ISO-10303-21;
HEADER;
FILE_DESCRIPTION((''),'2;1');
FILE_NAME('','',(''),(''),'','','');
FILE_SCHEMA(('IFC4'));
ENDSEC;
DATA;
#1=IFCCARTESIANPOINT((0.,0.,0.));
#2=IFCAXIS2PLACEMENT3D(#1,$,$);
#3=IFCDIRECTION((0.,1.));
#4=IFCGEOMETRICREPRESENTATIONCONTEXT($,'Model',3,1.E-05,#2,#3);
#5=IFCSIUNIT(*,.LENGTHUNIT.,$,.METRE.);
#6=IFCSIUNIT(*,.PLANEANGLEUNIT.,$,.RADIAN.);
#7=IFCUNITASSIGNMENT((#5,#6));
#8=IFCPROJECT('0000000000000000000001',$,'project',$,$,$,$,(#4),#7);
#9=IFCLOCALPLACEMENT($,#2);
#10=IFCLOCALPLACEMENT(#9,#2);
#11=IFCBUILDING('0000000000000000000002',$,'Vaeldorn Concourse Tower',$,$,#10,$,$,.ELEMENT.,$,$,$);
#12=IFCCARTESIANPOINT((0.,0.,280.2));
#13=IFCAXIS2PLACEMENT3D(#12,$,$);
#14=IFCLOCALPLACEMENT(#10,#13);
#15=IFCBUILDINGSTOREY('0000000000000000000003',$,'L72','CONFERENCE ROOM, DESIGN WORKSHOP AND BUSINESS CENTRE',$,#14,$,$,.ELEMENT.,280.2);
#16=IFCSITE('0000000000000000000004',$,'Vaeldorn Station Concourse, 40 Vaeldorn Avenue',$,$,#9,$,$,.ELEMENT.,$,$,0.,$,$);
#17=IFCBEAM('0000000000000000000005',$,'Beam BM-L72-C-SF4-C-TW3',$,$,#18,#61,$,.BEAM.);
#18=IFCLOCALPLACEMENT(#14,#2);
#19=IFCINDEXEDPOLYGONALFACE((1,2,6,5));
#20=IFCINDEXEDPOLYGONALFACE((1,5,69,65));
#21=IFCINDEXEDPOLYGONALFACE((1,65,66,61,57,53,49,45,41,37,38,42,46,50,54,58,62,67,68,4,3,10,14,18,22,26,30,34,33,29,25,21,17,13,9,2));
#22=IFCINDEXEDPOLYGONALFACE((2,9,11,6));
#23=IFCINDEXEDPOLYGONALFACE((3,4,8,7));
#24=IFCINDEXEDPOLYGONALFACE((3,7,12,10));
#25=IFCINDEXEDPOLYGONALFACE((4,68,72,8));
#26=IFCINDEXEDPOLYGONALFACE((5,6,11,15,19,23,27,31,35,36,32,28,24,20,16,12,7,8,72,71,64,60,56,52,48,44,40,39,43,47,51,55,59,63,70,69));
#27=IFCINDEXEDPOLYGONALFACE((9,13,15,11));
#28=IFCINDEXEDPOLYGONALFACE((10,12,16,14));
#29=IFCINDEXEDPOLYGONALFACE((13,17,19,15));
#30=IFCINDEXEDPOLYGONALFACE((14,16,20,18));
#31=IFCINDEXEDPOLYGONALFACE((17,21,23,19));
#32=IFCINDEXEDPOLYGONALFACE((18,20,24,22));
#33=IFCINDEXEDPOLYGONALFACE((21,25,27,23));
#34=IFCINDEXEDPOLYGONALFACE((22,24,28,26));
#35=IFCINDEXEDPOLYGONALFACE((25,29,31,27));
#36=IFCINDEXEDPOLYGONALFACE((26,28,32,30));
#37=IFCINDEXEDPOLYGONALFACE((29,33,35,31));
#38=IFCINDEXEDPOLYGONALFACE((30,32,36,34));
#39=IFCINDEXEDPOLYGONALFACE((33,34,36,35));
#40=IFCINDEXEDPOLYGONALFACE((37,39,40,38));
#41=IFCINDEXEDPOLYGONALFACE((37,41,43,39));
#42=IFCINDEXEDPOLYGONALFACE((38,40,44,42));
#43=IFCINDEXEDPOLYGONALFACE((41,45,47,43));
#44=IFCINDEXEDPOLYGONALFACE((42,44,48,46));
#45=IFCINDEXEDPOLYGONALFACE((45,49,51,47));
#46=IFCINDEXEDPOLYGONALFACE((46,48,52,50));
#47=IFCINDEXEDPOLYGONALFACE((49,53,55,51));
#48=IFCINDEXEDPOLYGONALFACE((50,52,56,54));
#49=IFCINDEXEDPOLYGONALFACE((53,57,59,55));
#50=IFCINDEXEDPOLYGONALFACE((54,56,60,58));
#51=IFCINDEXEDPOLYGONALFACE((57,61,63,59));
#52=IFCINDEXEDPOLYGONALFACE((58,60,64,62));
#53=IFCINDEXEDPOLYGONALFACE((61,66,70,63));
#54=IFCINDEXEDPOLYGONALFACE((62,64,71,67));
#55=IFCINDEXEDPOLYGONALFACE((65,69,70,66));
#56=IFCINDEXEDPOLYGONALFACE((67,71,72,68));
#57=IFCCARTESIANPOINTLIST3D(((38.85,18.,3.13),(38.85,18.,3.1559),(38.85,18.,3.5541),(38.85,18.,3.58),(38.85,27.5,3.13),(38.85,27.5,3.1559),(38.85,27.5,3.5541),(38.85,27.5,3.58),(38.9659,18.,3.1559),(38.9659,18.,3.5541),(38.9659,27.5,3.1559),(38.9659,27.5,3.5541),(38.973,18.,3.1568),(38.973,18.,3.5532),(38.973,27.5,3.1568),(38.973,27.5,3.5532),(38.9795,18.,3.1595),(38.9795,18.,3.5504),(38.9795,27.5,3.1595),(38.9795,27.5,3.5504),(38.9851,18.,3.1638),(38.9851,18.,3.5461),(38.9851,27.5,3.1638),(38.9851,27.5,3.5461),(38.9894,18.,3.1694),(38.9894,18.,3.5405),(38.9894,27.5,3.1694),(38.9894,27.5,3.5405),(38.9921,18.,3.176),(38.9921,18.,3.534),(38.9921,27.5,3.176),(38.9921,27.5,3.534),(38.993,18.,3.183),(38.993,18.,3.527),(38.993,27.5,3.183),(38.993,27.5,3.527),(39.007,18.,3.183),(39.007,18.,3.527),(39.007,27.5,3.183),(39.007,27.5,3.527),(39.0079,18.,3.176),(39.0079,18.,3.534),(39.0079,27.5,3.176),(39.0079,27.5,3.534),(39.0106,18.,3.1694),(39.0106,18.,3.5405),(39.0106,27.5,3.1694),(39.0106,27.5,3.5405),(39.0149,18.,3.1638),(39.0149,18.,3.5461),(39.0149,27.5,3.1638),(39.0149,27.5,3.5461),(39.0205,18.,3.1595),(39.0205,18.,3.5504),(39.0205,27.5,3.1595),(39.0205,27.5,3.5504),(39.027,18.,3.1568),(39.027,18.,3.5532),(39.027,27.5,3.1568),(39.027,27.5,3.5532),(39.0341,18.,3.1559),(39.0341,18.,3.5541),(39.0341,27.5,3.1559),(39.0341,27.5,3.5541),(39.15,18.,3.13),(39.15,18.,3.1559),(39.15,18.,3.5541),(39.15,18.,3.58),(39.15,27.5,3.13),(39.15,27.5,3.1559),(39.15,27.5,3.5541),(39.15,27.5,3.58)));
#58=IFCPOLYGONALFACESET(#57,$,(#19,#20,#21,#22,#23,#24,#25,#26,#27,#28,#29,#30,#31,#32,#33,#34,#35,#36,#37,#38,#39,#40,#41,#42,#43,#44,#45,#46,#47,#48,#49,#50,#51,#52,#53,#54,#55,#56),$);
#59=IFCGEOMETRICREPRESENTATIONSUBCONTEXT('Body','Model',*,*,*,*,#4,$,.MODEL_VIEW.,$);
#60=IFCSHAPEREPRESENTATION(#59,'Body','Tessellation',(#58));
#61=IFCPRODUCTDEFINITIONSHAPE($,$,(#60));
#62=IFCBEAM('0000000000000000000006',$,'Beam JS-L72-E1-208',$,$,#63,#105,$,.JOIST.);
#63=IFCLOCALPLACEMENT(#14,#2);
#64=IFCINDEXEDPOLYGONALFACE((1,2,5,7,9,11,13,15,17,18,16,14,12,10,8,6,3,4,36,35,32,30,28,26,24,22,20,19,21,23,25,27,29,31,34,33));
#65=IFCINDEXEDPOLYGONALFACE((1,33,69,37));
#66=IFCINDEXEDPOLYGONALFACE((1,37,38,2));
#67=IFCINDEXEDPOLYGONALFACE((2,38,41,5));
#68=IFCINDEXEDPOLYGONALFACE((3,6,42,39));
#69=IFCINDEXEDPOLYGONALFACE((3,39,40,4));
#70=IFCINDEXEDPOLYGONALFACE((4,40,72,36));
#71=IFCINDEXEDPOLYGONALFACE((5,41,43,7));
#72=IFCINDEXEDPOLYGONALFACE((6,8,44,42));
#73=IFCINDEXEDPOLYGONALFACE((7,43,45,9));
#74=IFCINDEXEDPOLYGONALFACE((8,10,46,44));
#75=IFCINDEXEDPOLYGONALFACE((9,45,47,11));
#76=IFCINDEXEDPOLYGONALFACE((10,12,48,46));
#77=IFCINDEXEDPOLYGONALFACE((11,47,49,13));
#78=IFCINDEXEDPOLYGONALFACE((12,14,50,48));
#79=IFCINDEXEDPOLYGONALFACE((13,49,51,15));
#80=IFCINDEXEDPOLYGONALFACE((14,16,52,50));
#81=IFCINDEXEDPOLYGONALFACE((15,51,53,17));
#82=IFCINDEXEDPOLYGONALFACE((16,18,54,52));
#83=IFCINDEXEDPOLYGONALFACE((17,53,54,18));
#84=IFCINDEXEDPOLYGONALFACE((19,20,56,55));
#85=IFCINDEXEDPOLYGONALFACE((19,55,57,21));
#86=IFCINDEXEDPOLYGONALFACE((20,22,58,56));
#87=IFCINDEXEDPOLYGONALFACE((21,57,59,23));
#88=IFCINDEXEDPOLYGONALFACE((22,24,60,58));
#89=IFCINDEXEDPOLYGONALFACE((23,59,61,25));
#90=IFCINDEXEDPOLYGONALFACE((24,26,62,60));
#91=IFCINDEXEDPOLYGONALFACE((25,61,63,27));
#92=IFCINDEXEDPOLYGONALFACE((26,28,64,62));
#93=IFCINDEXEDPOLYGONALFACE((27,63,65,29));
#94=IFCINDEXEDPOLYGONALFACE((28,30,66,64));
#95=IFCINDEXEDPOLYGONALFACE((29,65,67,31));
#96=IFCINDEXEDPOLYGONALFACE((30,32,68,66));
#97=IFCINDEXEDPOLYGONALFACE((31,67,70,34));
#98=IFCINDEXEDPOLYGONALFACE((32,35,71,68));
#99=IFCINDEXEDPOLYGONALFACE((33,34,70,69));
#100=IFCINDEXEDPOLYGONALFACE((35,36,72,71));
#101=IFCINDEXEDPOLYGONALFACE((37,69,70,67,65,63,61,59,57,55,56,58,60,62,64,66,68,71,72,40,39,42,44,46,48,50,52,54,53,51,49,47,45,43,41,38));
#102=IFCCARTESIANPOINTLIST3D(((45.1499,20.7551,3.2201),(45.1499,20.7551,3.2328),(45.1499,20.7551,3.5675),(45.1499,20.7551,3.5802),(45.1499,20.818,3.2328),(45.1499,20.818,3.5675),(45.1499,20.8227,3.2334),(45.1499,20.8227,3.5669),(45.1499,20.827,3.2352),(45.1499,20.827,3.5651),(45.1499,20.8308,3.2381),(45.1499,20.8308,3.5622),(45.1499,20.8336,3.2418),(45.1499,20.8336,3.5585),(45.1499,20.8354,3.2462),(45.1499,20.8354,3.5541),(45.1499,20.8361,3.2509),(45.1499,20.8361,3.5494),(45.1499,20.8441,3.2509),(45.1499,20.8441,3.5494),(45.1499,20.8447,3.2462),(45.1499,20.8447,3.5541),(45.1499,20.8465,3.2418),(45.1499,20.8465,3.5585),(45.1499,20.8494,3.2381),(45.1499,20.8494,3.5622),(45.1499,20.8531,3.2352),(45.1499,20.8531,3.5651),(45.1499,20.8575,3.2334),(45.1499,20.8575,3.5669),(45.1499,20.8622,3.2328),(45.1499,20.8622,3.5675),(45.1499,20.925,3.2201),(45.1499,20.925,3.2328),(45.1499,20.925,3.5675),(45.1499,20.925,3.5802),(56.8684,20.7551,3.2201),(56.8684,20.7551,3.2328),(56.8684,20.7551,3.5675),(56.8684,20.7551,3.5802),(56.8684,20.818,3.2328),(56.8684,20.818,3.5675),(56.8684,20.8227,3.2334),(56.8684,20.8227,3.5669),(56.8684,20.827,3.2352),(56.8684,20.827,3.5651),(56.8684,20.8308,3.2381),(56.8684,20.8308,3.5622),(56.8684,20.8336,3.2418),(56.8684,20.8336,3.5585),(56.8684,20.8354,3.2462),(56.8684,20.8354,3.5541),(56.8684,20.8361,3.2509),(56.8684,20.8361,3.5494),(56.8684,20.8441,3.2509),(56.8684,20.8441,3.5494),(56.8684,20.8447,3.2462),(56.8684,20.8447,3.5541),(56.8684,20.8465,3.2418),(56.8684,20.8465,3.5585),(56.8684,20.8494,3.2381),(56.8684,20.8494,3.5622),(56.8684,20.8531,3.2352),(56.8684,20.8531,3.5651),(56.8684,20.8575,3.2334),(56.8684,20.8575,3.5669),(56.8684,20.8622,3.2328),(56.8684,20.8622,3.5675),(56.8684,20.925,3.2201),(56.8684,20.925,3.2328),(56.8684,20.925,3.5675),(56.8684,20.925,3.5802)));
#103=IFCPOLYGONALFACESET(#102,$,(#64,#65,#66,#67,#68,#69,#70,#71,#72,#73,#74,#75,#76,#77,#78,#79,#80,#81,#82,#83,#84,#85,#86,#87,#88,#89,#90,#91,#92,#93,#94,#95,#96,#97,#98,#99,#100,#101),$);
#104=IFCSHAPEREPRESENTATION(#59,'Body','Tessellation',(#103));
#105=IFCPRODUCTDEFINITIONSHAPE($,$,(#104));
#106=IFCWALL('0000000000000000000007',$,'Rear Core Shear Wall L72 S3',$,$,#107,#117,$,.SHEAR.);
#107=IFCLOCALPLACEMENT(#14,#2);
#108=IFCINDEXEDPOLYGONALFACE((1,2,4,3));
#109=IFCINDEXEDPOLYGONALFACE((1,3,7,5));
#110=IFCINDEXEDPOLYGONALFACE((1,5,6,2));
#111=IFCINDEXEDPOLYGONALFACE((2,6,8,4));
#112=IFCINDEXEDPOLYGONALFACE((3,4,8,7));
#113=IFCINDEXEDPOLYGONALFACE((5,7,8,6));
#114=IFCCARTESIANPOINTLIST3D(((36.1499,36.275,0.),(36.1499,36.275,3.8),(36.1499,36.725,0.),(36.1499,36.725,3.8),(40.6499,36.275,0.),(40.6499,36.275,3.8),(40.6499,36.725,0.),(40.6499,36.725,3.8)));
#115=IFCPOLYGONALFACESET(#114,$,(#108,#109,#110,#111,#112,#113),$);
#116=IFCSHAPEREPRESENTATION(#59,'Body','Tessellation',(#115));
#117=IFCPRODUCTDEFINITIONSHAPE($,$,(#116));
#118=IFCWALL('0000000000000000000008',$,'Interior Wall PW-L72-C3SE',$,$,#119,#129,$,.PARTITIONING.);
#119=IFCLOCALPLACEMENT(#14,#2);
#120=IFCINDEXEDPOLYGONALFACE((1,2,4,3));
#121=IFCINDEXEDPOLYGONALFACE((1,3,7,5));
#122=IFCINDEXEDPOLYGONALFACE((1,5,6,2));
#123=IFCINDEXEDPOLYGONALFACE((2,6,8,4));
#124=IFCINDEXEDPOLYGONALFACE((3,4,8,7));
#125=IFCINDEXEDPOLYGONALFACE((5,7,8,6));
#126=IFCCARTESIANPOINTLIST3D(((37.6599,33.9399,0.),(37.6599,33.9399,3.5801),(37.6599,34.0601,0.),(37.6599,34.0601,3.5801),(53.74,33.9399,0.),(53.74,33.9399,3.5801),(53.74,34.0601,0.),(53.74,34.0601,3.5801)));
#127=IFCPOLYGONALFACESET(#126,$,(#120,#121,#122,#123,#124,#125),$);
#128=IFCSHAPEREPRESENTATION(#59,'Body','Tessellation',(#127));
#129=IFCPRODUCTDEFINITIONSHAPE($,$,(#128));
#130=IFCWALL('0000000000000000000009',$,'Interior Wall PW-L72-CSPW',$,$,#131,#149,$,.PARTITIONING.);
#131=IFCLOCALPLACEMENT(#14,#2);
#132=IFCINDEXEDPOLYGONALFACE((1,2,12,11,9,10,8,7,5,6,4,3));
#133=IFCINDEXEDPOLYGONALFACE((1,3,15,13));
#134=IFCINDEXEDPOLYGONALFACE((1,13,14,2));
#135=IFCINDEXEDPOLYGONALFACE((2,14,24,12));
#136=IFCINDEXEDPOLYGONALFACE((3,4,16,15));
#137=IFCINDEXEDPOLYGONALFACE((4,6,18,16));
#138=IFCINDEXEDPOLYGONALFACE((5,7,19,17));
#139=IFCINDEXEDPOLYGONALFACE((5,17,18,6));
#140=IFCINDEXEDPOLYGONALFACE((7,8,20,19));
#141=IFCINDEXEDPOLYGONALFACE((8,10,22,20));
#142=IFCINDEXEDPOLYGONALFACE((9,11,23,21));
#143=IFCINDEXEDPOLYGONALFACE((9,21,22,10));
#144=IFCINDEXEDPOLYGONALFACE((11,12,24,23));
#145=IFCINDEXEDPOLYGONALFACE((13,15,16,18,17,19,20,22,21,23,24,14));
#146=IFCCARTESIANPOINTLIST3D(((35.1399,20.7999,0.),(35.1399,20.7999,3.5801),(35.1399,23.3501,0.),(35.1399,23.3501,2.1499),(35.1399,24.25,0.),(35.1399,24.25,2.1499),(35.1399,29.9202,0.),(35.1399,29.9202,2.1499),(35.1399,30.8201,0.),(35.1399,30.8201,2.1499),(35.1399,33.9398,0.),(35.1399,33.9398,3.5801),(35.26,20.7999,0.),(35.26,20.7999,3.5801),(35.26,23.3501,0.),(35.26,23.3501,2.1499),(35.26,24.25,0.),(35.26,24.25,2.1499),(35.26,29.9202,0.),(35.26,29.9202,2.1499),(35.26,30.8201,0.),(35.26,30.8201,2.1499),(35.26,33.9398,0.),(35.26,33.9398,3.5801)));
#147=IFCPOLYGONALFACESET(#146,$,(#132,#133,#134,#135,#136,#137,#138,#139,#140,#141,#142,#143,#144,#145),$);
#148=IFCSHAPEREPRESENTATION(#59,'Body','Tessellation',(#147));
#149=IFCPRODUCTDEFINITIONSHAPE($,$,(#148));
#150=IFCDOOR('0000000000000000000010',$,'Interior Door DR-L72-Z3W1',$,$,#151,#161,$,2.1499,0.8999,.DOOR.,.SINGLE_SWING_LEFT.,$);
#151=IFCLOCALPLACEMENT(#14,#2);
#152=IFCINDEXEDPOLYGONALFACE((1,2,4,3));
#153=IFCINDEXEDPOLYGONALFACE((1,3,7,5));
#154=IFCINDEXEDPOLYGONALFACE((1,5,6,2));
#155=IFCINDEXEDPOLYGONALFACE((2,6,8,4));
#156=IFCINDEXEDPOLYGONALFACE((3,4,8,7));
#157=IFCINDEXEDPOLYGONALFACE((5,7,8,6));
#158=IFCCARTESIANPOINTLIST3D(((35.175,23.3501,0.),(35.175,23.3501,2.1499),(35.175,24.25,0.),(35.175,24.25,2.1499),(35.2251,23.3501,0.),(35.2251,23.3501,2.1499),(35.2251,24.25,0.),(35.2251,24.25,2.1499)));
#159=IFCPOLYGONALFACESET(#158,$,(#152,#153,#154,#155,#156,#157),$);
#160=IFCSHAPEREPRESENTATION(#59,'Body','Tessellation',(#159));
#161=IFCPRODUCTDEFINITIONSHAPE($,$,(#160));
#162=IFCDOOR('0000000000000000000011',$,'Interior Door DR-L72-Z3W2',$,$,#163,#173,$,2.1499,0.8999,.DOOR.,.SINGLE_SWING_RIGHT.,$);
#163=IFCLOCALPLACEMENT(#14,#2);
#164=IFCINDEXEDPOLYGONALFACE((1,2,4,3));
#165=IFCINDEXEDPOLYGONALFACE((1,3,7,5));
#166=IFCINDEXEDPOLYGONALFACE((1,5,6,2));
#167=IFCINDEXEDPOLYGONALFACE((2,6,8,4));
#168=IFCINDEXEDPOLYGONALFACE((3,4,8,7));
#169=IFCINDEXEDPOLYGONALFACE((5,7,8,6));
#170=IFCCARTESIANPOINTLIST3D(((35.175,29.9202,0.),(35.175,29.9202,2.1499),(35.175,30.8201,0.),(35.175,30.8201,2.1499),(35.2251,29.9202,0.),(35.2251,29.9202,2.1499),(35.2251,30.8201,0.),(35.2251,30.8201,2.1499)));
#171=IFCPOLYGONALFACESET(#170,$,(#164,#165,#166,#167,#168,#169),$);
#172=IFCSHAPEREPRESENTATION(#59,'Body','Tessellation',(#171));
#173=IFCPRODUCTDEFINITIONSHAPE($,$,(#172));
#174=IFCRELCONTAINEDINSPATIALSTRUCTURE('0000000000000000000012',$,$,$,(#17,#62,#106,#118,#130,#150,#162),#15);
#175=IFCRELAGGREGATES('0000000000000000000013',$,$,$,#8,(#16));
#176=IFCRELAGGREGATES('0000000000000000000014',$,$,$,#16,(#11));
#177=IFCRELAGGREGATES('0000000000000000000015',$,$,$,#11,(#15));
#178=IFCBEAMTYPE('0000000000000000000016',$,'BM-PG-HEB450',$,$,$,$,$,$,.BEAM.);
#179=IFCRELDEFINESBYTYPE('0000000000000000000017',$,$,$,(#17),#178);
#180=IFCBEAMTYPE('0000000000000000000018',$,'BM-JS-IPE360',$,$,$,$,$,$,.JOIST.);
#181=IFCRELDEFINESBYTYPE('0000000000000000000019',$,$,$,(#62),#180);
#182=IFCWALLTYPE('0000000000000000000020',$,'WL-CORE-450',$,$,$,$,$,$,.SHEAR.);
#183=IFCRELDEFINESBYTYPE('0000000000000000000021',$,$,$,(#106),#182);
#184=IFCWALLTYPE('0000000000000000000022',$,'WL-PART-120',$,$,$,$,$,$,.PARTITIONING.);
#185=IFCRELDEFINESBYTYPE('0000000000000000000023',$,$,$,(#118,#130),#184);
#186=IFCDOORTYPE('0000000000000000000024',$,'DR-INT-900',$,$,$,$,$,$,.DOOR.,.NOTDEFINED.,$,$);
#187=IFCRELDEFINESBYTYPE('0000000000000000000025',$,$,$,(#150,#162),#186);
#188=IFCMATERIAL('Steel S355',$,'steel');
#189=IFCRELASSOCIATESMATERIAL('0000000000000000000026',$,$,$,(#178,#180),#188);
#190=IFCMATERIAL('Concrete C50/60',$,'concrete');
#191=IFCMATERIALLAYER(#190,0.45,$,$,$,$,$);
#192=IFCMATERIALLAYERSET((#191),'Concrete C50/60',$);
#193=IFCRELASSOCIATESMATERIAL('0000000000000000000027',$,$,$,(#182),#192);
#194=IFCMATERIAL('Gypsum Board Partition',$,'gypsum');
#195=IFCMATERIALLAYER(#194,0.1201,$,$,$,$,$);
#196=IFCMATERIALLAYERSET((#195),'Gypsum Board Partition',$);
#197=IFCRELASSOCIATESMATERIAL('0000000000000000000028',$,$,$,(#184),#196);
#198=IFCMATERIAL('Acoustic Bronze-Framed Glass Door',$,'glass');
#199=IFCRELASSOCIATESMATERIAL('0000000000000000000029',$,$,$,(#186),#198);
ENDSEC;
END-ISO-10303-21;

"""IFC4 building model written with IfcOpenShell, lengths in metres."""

from ifc_helpers import new_model, si_unit, direction, frame, frame_2d, origin, origin_2d, place, context, subcontext, project, spatial, rectangle, i_section, extrude, source, transform, mapped, material, layer, layer_set, material_profile, profile_set, type_object, element, fill, save


model = new_model("IFC4")

# Units and contexts
model_context = context("Model", 3, precision=1e-05, world=origin(), true_north=direction((0.0, 1.0)))
body_context = subcontext(model_context, "Body", "Model", "MODEL_VIEW")
ifc_project = project(units=[si_unit("LENGTHUNIT", "METRE"), si_unit("PLANEANGLEUNIT", "RADIAN")], contexts=[model_context])

# Site, building, storey
site_placement = place(None, origin())
site = spatial("IfcSite", under=ifc_project, at=site_placement, Name="Vaeldorn Station Concourse, 40 Vaeldorn Avenue", CompositionType="ELEMENT", RefElevation=0.0)
building_placement = place(site_placement, origin())
building = spatial("IfcBuilding", under=site, at=building_placement, Name="Vaeldorn Concourse Tower", CompositionType="ELEMENT")
storey_placement = place(building_placement, frame((0.0, 0.0, 280.2)))
storey = spatial("IfcBuildingStorey", under=building, at=storey_placement, Name="L72", Description="CONFERENCE ROOM, DESIGN WORKSHOP AND BUSINESS CENTRE", CompositionType="ELEMENT", Elevation=280.2)

# Shared definitions
ifc_material_1 = material(Name="Steel S355", Category="steel")

# Beams
ifc_material_profile_1 = material_profile(ifc_material_1, i_section(OverallWidth=0.3, OverallDepth=0.45, WebThickness=0.0139, FlangeThickness=0.0259, FilletRadius=0.0271, at=origin_2d()), Name="HEB 450")
ifc_profile_set_1 = profile_set([ifc_material_profile_1], Name="Steel S355")
beam_type_1 = type_object("IfcBeamType", Name="BM-PG-HEB450", PredefinedType="BEAM", material=ifc_profile_set_1)
ifc_material_profile_2 = material_profile(ifc_material_1, i_section(OverallWidth=0.1699, OverallDepth=0.3601, WebThickness=0.0081, FlangeThickness=0.0127, FilletRadius=0.0181, at=origin_2d()), Name="IPE 360")
ifc_profile_set_2 = profile_set([ifc_material_profile_2], Name="Steel S355")
beam_type_2 = type_object("IfcBeamType", Name="BM-JS-IPE360", PredefinedType="JOIST", material=ifc_profile_set_2)
shared_shape_1 = source(origin(), body_context, "Body", "SweptSolid", [
    extrude(i_section(OverallWidth=0.3, OverallDepth=0.45, WebThickness=0.0139, FlangeThickness=0.0259, FilletRadius=0.0271, at=origin_2d()), origin(), (0.0, 0.0, 1.0), 9.5),
])
beam_1_placement = place(storey_placement, frame((39.0, 18.0, 3.355), z_axis=(0.0, 1.0, 0.0), x_axis=(-1.0, 0.0, 0.0)))
element("IfcBeam", 1, at=beam_1_placement, inside=storey, type_object=beam_type_1, Name="Beam BM-L72-C-SF4-C-TW3", PredefinedType="BEAM", context=body_context, shape_type="MappedRepresentation", body=[
    mapped(shared_shape_1, transform((0.0, 0.0, 0.0), scale=1.0)),
])
shared_shape_2 = source(origin(), body_context, "Body", "SweptSolid", [
    extrude(i_section(OverallWidth=0.1699, OverallDepth=0.3601, WebThickness=0.0081, FlangeThickness=0.0127, FilletRadius=0.0181, at=origin_2d()), origin(), (0.0, 0.0, 1.0), 11.7185),
])
beam_2_placement = place(storey_placement, frame((45.1499, 20.8401, 3.4001), z_axis=(1.0, 0.0, 0.0), x_axis=(0.0, 1.0, 0.0)))
element("IfcBeam", 2, at=beam_2_placement, inside=storey, type_object=beam_type_2, Name="Beam JS-L72-E1-208", PredefinedType="JOIST", context=body_context, shape_type="MappedRepresentation", body=[
    mapped(shared_shape_2, transform((0.0, 0.0, 0.0), scale=1.0)),
])

# Walls
ifc_material_2 = material(Name="Concrete C50/60", Category="concrete")
ifc_layer_1 = layer(ifc_material_2, 0.45)
ifc_layer_set_1 = layer_set([ifc_layer_1], Name="Concrete C50/60")
wall_type_1 = type_object("IfcWallType", Name="WL-CORE-450", PredefinedType="SHEAR", material=ifc_layer_set_1)
wall_1_placement = place(storey_placement, frame((36.1499, 36.5, 0.0), z_axis=(0.0, 0.0, 1.0), x_axis=(1.0, 0.0, 0.0)))
element("IfcWall", 3, at=wall_1_placement, inside=storey, type_object=wall_type_1, Name="Rear Core Shear Wall L72 S3", PredefinedType="SHEAR", context=body_context, shape_type="SweptSolid", body=[
    extrude(rectangle(XDim=4.5, YDim=0.45, at=frame_2d((2.25, 0.0))), origin(), (0.0, 0.0, 1.0), 3.8),
])
ifc_material_3 = material(Name="Gypsum Board Partition", Category="gypsum")
ifc_layer_2 = layer(ifc_material_3, 0.1201)
ifc_layer_set_2 = layer_set([ifc_layer_2], Name="Gypsum Board Partition")
wall_type_2 = type_object("IfcWallType", Name="WL-PART-120", PredefinedType="PARTITIONING", material=ifc_layer_set_2)
wall_2_placement = place(storey_placement, frame((37.6599, 34.0, 0.0), z_axis=(0.0, 0.0, 1.0), x_axis=(1.0, 0.0, 0.0)))
element("IfcWall", 4, at=wall_2_placement, inside=storey, type_object=wall_type_2, Name="Interior Wall PW-L72-C3SE", PredefinedType="PARTITIONING", context=body_context, shape_type="SweptSolid", body=[
    extrude(rectangle(XDim=16.0801, YDim=0.1201, at=frame_2d((8.04, 0.0))), origin(), (0.0, 0.0, 1.0), 3.5801),
])

# Wall, openings, doors
wall_3_placement = place(storey_placement, frame((35.2, 20.8, 0.0), z_axis=(0.0, 0.0, 1.0), x_axis=(0.0, 1.0, 0.0)))
wall_3 = element("IfcWall", 5, at=wall_3_placement, inside=storey, type_object=wall_type_2, Name="Interior Wall PW-L72-CSPW", PredefinedType="PARTITIONING", context=body_context, shape_type="SweptSolid", body=[
    extrude(rectangle(XDim=13.1399, YDim=0.1201, at=frame_2d((6.5698, 0.0))), origin(), (0.0, 0.0, 1.0), 3.5801),
])
opening_1_placement = place(wall_3_placement, frame((2.55, 0.0, 0.0)))
opening_1 = element("IfcOpeningElement", 6, at=opening_1_placement, cuts=wall_3, PredefinedType="OPENING", context=body_context, shape_type="SweptSolid", body=[
    extrude(rectangle(XDim=0.8999, YDim=2.1499, at=frame_2d((0.45, 1.075))), frame((0.0, 0.0701, 0.0), z_axis=(0.0, -1.0, 0.0), x_axis=(1.0, 0.0, 0.0)), (0.0, 0.0, 1.0), 0.1401),
])
opening_2_placement = place(wall_3_placement, frame((9.1201, 0.0, 0.0)))
opening_2 = element("IfcOpeningElement", 7, at=opening_2_placement, cuts=wall_3, PredefinedType="OPENING", context=body_context, shape_type="SweptSolid", body=[
    extrude(rectangle(XDim=0.8999, YDim=2.1499, at=frame_2d((0.45, 1.075))), frame((0.0, 0.0701, 0.0), z_axis=(0.0, -1.0, 0.0), x_axis=(1.0, 0.0, 0.0)), (0.0, 0.0, 1.0), 0.1401),
])
ifc_material_4 = material(Name="Acoustic Bronze-Framed Glass Door", Category="glass")
door_type_1 = type_object("IfcDoorType", Name="DR-INT-900", OperationType="NOTDEFINED", PredefinedType="DOOR", material=ifc_material_4)
shared_shape_3 = source(origin(), body_context, "Body", "SweptSolid", [
    extrude(rectangle(XDim=0.8999, YDim=2.1499, at=frame_2d((0.45, 1.075))), frame((0.0, 0.0249, 0.0), z_axis=(0.0, -1.0, 0.0), x_axis=(1.0, 0.0, 0.0)), (0.0, 0.0, 1.0), 0.05),
])
door_1_placement = place(opening_1_placement, origin())
door_1 = element("IfcDoor", 8, at=door_1_placement, inside=storey, type_object=door_type_1, Name="Interior Door DR-L72-Z3W1", OperationType="SINGLE_SWING_LEFT", OverallHeight=2.1499, OverallWidth=0.8999, PredefinedType="DOOR", context=body_context, shape_type="MappedRepresentation", body=[
    mapped(shared_shape_3, transform((0.0, 0.0, 0.0), scale=1.0)),
])
fill(opening_1, door_1)
door_2_placement = place(opening_2_placement, origin())
door_2 = element("IfcDoor", 9, at=door_2_placement, inside=storey, type_object=door_type_1, Name="Interior Door DR-L72-Z3W2", OperationType="SINGLE_SWING_RIGHT", OverallHeight=2.1499, OverallWidth=0.8999, PredefinedType="DOOR", context=body_context, shape_type="MappedRepresentation", body=[
    mapped(shared_shape_3, transform((0.0, 0.0, 0.0), scale=1.0)),
])
fill(opening_2, door_2)

save(model, "model.ifc")
